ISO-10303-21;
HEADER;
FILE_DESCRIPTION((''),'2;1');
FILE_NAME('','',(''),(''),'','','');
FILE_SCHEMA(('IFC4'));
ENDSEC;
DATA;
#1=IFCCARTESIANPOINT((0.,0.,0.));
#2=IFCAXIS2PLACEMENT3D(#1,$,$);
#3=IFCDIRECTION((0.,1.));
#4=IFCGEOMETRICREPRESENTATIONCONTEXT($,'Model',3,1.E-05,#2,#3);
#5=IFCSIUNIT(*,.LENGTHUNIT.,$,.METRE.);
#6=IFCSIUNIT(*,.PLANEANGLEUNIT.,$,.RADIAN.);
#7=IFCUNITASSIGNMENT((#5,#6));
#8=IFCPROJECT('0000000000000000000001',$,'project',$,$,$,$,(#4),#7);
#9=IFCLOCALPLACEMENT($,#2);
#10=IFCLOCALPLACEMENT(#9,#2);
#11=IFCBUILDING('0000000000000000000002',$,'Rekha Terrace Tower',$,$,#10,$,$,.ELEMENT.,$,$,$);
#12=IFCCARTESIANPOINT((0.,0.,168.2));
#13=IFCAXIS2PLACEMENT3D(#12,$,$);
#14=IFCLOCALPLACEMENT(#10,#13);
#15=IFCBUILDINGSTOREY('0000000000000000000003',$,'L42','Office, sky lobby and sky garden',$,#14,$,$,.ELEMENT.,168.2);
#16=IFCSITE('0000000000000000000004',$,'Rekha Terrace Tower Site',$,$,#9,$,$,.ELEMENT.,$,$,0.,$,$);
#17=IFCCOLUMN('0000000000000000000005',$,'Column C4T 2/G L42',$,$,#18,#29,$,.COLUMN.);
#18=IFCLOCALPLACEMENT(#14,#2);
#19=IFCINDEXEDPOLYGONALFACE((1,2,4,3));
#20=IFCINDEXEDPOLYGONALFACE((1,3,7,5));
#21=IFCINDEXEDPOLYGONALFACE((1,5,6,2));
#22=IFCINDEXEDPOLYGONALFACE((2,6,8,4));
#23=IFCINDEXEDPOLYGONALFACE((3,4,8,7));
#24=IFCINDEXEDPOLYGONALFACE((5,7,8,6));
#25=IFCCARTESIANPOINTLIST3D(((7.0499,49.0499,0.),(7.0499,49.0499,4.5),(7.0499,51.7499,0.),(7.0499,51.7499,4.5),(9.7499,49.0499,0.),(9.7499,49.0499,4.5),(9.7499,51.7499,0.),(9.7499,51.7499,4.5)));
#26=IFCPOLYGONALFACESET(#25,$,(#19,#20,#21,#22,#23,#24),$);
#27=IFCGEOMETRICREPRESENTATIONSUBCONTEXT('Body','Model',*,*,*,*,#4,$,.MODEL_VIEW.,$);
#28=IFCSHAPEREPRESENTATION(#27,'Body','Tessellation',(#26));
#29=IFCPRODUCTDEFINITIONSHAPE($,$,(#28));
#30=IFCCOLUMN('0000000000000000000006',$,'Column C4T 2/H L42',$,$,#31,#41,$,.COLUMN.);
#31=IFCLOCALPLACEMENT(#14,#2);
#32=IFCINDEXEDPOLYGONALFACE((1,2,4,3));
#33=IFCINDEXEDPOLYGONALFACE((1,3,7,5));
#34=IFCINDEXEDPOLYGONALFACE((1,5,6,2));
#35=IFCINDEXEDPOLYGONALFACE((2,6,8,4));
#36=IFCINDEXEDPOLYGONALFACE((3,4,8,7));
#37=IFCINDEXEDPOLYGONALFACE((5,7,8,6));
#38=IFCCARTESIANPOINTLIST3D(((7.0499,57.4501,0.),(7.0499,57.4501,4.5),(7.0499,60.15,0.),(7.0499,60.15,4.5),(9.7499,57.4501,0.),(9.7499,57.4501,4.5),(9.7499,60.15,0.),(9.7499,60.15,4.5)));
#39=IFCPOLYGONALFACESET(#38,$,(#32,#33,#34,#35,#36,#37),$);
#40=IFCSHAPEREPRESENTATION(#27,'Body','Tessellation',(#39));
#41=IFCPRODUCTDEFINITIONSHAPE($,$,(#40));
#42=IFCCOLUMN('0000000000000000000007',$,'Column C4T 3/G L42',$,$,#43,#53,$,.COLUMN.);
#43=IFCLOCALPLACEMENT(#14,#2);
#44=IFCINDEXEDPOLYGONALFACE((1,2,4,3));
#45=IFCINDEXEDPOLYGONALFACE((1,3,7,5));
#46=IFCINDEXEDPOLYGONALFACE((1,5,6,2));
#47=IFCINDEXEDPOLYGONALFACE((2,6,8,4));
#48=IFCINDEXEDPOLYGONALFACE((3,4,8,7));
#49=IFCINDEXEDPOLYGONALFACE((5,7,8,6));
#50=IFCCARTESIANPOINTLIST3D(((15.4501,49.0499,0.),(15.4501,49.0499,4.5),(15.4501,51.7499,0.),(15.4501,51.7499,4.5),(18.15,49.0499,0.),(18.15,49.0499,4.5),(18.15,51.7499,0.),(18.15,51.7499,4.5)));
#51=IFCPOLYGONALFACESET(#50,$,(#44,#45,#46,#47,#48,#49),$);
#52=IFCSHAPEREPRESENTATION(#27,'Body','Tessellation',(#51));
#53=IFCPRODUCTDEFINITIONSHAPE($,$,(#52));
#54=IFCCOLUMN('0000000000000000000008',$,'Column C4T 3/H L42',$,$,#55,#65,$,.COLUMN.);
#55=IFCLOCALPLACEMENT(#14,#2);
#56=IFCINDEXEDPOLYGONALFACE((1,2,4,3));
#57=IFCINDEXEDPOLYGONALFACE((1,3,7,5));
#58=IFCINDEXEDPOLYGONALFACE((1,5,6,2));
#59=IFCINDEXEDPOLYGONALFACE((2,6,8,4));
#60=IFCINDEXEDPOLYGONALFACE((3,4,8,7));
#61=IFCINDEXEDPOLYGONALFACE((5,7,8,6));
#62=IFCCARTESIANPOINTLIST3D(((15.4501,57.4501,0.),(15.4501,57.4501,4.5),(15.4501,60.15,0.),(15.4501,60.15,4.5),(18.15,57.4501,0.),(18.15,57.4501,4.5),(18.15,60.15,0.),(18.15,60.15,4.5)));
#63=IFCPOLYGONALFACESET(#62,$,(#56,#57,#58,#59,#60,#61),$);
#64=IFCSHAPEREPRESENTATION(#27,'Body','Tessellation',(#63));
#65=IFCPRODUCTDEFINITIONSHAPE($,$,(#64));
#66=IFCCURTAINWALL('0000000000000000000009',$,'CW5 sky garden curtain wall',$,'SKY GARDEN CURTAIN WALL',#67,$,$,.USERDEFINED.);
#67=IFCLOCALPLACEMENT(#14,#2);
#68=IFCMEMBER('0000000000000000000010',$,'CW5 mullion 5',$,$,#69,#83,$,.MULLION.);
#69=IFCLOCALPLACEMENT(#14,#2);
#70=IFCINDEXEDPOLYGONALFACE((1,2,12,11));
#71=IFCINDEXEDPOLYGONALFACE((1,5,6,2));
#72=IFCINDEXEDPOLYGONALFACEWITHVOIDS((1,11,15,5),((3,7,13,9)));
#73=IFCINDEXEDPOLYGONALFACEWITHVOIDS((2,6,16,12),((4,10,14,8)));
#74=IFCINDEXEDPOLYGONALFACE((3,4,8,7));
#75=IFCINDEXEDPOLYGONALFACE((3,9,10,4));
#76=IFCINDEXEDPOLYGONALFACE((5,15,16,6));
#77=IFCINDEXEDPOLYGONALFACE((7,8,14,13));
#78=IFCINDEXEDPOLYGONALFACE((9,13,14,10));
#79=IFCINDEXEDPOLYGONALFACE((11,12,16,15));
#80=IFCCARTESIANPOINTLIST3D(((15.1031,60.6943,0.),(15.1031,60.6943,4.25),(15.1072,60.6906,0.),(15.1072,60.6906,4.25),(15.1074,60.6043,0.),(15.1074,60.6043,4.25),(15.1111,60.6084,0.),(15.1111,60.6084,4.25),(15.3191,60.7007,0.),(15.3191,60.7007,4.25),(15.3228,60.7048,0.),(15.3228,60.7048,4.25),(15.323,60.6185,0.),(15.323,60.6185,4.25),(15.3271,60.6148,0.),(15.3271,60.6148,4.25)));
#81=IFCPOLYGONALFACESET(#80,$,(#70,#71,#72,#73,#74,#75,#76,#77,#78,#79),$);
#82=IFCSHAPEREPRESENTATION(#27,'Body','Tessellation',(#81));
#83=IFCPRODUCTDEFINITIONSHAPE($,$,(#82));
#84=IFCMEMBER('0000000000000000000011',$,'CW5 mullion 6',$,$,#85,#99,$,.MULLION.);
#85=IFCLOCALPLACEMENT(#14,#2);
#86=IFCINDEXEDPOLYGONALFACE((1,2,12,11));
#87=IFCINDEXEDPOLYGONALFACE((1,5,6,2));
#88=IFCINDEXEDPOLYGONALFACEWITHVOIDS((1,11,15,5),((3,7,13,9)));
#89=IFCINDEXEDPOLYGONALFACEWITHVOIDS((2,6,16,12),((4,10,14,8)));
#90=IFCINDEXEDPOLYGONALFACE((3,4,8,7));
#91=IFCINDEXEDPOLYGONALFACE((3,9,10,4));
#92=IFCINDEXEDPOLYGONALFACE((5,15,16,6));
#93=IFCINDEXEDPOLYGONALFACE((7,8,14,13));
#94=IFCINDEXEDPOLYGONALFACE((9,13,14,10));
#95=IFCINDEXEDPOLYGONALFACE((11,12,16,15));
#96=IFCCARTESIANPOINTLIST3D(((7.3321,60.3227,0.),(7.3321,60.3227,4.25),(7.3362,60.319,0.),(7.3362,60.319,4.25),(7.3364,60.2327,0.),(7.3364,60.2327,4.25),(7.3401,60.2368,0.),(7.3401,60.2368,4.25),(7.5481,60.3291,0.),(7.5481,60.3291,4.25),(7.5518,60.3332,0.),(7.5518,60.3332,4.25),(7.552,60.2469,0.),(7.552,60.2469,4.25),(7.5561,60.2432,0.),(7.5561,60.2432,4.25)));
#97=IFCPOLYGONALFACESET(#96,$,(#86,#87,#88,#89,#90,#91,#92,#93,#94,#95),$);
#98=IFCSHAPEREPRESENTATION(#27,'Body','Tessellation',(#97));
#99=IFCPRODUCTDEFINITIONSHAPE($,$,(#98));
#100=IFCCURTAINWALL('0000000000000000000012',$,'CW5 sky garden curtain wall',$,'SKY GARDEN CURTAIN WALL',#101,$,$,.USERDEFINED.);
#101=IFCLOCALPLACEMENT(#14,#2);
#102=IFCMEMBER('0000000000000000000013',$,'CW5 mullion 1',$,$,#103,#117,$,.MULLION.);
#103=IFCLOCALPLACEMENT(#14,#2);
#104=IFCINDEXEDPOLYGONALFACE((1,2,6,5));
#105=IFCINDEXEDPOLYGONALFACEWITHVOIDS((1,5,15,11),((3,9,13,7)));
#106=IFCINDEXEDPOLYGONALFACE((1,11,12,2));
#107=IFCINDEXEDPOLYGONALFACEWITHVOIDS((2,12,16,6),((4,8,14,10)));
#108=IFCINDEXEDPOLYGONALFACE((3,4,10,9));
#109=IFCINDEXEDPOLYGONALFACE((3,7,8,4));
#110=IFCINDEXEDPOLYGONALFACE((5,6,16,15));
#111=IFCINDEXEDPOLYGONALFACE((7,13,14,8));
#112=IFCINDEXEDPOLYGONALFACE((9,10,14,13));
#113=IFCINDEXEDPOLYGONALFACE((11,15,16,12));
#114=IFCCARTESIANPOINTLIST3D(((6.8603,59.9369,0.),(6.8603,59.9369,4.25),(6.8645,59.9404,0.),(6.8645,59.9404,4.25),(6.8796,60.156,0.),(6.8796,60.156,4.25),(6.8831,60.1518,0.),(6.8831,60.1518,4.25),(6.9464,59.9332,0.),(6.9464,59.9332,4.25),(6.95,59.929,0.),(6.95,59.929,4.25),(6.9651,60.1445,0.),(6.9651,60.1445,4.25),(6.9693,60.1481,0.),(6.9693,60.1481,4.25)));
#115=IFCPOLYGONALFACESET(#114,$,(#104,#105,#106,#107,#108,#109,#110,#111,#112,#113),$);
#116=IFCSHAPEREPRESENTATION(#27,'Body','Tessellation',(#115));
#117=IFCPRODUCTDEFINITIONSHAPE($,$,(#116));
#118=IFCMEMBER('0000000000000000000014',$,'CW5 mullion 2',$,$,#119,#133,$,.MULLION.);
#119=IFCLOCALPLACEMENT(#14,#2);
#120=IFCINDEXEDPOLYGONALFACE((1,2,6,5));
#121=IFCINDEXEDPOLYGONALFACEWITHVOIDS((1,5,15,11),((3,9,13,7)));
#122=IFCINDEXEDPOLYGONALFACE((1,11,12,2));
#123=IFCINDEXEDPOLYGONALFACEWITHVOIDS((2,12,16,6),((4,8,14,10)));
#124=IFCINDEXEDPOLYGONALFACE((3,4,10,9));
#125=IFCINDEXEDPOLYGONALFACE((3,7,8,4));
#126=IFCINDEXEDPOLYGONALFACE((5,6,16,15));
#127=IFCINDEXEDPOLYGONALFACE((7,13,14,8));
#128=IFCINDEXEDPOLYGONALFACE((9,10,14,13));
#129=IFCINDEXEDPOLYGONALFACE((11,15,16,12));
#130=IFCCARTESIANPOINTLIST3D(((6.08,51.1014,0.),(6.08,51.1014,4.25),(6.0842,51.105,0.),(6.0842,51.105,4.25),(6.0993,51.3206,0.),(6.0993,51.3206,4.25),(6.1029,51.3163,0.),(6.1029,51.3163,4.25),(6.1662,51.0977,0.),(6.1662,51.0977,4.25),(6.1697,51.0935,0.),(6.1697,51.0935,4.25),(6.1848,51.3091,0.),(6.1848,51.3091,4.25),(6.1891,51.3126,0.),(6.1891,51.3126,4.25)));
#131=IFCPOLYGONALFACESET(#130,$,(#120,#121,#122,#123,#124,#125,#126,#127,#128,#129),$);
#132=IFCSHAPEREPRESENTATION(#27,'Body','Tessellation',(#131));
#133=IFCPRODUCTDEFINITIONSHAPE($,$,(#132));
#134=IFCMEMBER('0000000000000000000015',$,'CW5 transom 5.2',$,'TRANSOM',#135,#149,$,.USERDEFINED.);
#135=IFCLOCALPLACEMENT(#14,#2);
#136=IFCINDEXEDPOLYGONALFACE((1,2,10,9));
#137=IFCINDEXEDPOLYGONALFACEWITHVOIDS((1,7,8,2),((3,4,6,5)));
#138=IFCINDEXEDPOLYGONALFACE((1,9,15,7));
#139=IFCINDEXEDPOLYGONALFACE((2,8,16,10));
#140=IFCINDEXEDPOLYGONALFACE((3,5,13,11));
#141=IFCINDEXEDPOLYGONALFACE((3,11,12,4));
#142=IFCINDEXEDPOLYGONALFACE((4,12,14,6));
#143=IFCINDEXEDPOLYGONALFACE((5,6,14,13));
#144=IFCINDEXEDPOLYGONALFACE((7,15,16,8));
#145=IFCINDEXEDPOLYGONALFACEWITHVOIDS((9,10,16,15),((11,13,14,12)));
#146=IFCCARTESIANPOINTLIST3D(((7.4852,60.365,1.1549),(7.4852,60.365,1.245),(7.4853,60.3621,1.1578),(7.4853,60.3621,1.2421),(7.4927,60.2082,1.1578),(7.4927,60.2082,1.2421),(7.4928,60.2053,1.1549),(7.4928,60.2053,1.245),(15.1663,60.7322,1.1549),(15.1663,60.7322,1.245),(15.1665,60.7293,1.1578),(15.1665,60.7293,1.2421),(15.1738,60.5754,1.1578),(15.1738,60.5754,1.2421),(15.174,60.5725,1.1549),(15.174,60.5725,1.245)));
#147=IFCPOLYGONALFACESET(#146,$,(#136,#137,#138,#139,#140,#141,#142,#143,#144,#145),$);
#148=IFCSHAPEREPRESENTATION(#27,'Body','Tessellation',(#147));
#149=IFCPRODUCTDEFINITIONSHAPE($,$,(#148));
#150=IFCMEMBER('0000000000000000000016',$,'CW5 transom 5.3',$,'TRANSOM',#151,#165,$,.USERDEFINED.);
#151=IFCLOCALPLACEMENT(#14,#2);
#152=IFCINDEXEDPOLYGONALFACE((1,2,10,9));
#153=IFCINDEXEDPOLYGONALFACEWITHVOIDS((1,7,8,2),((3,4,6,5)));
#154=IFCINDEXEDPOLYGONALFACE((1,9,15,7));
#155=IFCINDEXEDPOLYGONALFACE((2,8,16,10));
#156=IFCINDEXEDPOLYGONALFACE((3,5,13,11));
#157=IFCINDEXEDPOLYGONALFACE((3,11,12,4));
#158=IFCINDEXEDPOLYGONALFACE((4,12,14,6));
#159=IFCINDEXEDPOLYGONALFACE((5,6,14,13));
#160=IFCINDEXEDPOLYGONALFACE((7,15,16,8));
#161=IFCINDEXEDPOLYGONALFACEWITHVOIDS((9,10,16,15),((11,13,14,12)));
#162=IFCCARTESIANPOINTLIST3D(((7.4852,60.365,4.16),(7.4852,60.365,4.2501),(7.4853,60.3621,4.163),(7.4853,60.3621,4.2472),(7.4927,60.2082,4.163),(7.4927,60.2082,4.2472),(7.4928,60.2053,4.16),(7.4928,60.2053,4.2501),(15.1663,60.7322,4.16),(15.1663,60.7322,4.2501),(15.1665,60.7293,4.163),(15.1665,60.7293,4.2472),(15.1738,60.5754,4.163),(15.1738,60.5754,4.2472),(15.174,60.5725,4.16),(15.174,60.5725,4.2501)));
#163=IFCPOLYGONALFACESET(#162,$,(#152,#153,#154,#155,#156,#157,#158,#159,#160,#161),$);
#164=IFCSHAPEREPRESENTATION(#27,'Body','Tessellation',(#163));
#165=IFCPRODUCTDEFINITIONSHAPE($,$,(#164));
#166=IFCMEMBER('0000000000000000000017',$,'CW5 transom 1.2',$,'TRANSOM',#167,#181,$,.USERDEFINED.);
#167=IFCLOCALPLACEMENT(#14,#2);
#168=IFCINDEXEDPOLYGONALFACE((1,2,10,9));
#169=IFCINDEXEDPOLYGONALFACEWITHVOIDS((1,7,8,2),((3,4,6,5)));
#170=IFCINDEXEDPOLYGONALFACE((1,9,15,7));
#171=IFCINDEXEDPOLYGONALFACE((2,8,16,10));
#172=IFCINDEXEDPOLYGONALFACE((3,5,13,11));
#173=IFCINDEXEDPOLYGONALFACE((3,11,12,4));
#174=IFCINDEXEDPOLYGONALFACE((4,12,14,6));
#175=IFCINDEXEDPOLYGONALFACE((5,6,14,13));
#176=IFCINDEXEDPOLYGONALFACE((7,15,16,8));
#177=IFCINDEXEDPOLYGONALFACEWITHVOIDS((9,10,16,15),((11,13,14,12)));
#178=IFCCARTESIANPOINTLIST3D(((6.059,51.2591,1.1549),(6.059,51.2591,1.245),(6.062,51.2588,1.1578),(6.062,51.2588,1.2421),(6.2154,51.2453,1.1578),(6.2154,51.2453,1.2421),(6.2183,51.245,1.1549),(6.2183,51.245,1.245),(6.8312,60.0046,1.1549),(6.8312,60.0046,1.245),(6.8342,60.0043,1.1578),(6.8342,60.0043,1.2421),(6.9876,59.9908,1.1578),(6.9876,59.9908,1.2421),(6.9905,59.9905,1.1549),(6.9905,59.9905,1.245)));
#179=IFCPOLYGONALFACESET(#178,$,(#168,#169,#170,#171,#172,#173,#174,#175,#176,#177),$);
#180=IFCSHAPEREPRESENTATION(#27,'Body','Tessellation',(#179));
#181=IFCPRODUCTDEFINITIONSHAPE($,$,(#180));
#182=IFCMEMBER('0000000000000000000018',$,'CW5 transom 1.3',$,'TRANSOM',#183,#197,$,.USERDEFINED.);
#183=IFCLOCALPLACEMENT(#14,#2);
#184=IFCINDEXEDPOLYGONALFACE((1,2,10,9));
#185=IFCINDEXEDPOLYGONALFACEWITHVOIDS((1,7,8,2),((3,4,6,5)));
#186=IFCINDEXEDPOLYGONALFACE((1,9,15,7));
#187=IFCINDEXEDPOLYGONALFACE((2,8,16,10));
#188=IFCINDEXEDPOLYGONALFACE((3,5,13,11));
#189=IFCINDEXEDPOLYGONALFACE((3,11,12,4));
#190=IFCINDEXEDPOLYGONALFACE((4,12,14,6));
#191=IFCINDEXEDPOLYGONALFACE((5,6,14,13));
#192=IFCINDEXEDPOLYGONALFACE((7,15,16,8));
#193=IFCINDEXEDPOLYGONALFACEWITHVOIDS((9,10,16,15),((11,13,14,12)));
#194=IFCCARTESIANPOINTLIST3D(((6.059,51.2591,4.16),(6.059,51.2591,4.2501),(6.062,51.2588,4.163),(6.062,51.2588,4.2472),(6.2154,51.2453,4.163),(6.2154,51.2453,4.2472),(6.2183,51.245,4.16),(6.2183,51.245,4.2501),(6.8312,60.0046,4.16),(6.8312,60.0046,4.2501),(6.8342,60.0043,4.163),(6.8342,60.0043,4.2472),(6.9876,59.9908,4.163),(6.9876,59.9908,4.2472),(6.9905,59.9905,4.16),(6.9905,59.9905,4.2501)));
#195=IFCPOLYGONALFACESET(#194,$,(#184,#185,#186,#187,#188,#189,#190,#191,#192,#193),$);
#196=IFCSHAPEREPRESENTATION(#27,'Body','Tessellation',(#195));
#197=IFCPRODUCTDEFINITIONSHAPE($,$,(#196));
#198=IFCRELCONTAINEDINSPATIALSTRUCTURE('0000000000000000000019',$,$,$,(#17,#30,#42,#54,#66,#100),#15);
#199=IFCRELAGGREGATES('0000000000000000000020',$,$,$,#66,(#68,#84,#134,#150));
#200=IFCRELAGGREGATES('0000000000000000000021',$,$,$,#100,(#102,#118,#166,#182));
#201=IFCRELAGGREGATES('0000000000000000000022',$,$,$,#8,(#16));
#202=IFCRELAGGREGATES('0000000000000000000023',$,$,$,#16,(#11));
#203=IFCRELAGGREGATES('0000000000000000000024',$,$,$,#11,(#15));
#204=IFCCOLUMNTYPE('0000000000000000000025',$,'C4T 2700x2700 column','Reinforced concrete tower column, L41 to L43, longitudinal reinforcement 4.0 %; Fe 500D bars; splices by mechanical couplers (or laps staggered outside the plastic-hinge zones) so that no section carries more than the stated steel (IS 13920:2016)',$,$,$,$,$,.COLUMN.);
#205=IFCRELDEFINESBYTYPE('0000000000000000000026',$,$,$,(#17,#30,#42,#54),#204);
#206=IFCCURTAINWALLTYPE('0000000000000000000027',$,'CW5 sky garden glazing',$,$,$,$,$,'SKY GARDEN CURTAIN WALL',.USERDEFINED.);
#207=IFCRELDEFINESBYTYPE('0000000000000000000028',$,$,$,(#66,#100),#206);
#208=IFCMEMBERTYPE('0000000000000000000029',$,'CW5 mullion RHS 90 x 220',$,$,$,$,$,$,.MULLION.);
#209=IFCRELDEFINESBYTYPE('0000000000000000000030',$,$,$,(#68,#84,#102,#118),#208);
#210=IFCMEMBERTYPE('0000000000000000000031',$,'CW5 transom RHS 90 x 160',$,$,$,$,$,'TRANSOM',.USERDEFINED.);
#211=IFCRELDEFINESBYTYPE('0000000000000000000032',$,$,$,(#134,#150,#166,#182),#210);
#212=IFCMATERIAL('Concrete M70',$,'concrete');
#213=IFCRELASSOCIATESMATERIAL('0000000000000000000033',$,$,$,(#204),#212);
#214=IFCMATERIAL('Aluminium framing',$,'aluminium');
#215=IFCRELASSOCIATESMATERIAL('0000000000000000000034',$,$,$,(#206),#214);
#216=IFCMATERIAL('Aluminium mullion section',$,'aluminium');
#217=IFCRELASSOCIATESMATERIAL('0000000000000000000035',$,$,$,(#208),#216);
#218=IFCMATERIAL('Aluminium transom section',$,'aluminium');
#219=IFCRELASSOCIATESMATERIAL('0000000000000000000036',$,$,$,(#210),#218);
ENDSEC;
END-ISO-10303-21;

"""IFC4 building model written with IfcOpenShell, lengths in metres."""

from ifc_helpers import new_model, si_unit, direction, frame, origin, origin_2d, place, context, subcontext, project, spatial, rectangle, hollow_rectangle, extrude, material, material_profile, profile_set, type_object, element, aggregate, save


model = new_model("IFC4")

# Units and contexts
model_context = context("Model", 3, precision=1e-05, world=origin(), true_north=direction((0.0, 1.0)))
body_context = subcontext(model_context, "Body", "Model", "MODEL_VIEW")
ifc_project = project(units=[si_unit("LENGTHUNIT", "METRE"), si_unit("PLANEANGLEUNIT", "RADIAN")], contexts=[model_context])

# Site, building, storey
site_placement = place(None, origin())
site = spatial("IfcSite", under=ifc_project, at=site_placement, Name="Rekha Terrace Tower Site", CompositionType="ELEMENT", RefElevation=0.0)
building_placement = place(site_placement, origin())
building = spatial("IfcBuilding", under=site, at=building_placement, Name="Rekha Terrace Tower", CompositionType="ELEMENT")
storey_placement = place(building_placement, frame((0.0, 0.0, 168.2)))
storey = spatial("IfcBuildingStorey", under=building, at=storey_placement, Name="L42", Description="Office, sky lobby and sky garden", CompositionType="ELEMENT", Elevation=168.2)

# Columns
ifc_material_1 = material(Name="Concrete M70", Category="concrete")
ifc_material_profile_1 = material_profile(ifc_material_1, rectangle(XDim=2.7, YDim=2.7, at=origin_2d()), Name="RC 2700x2700")
ifc_profile_set_1 = profile_set([ifc_material_profile_1], Name="Concrete M70")
column_type = type_object("IfcColumnType", Name="C4T 2700x2700 column", Description="Reinforced concrete tower column, L41 to L43, longitudinal reinforcement 4.0 %; Fe 500D bars; splices by mechanical couplers (or laps staggered outside the plastic-hinge zones) so that no section carries more than the stated steel (IS 13920:2016)", PredefinedType="COLUMN", material=ifc_profile_set_1)
for number, where, z_axis, x_axis, name in (
    (1, (8.3999, 50.3999, 0.0), (0.0, 0.0, 1.0), (1.0, 0.0, 0.0), "Column C4T 2/G L42"),
    (2, (8.3999, 58.8, 0.0), (0.0, 0.0, 1.0), (1.0, 0.0, 0.0), "Column C4T 2/H L42"),
    (3, (16.8, 50.3999, 0.0), (0.0, 0.0, 1.0), (1.0, 0.0, 0.0), "Column C4T 3/G L42"),
    (4, (16.8, 58.8, 0.0), (0.0, 0.0, 1.0), (1.0, 0.0, 0.0), "Column C4T 3/H L42"),
):
    element("IfcColumn", number, at=place(storey_placement, frame(where, z_axis=z_axis, x_axis=x_axis)), inside=storey, type_object=column_type, Name=name, PredefinedType="COLUMN", context=body_context, shape_type="SweptSolid", body=[
        extrude(rectangle(XDim=2.7, YDim=2.7, at=origin_2d()), origin(), (0.0, 0.0, 1.0), 4.5),
    ])

# Curtain walls, members
ifc_material_2 = material(Name="Aluminium framing", Category="aluminium")
curtain_wall_type = type_object("IfcCurtainWallType", Name="CW5 sky garden glazing", ElementType="SKY GARDEN CURTAIN WALL", PredefinedType="USERDEFINED", material=ifc_material_2)
curtain_wall_1_placement = place(storey_placement, origin())
curtain_wall_1 = element("IfcCurtainWall", 5, at=curtain_wall_1_placement, inside=storey, type_object=curtain_wall_type, Name="CW5 sky garden curtain wall", ObjectType="SKY GARDEN CURTAIN WALL", PredefinedType="USERDEFINED")
ifc_material_3 = material(Name="Aluminium mullion section", Category="aluminium")
ifc_material_profile_2 = material_profile(ifc_material_3, hollow_rectangle(XDim=0.0901, YDim=0.22, WallThickness=0.0039, at=origin_2d()), Name="AL RHS 90x220")
ifc_profile_set_2 = profile_set([ifc_material_profile_2], Name="Aluminium mullion section")
member_type_1 = type_object("IfcMemberType", Name="CW5 mullion RHS 90 x 220", PredefinedType="MULLION", material=ifc_profile_set_2)
member_1_placement = place(storey_placement, frame((15.2151, 60.6545, 0.0), z_axis=(0.0, 0.0, 1.0), x_axis=(0.047759, -0.998859, 0.0)))
member_1 = element("IfcMember", 6, at=member_1_placement, type_object=member_type_1, Name="CW5 mullion 5", PredefinedType="MULLION", context=body_context, shape_type="SweptSolid", body=[
    extrude(hollow_rectangle(XDim=0.0901, YDim=0.22, WallThickness=0.0039, at=origin_2d()), origin(), (0.0, 0.0, 1.0), 4.25),
])
member_2_placement = place(storey_placement, frame((7.4441, 60.283, 0.0), z_axis=(0.0, 0.0, 1.0), x_axis=(0.047759, -0.998859, 0.0)))
member_2 = element("IfcMember", 7, at=member_2_placement, type_object=member_type_1, Name="CW5 mullion 6", PredefinedType="MULLION", context=body_context, shape_type="SweptSolid", body=[
    extrude(hollow_rectangle(XDim=0.0901, YDim=0.22, WallThickness=0.0039, at=origin_2d()), origin(), (0.0, 0.0, 1.0), 4.25),
])
curtain_wall_2_placement = place(storey_placement, origin())
curtain_wall_2 = element("IfcCurtainWall", 8, at=curtain_wall_2_placement, inside=storey, type_object=curtain_wall_type, Name="CW5 sky garden curtain wall", ObjectType="SKY GARDEN CURTAIN WALL", PredefinedType="USERDEFINED")
member_3_placement = place(storey_placement, frame((6.9148, 60.0425, 0.0), z_axis=(0.0, 0.0, 1.0), x_axis=(0.996124, -0.087958, 0.0)))
member_3 = element("IfcMember", 9, at=member_3_placement, type_object=member_type_1, Name="CW5 mullion 1", PredefinedType="MULLION", context=body_context, shape_type="SweptSolid", body=[
    extrude(hollow_rectangle(XDim=0.0901, YDim=0.22, WallThickness=0.0039, at=origin_2d()), origin(), (0.0, 0.0, 1.0), 4.25),
])
member_4_placement = place(storey_placement, frame((6.1345, 51.207, 0.0), z_axis=(0.0, 0.0, 1.0), x_axis=(0.996124, -0.087958, 0.0)))
member_4 = element("IfcMember", 10, at=member_4_placement, type_object=member_type_1, Name="CW5 mullion 2", PredefinedType="MULLION", context=body_context, shape_type="SweptSolid", body=[
    extrude(hollow_rectangle(XDim=0.0901, YDim=0.22, WallThickness=0.0039, at=origin_2d()), origin(), (0.0, 0.0, 1.0), 4.25),
])

# Members
ifc_material_4 = material(Name="Aluminium transom section", Category="aluminium")
ifc_material_profile_3 = material_profile(ifc_material_4, hollow_rectangle(XDim=0.1599, YDim=0.0901, WallThickness=0.0029, at=origin_2d()), Name="AL RHS 160x90")
ifc_profile_set_3 = profile_set([ifc_material_profile_3], Name="Aluminium transom section")
member_type_2 = type_object("IfcMemberType", Name="CW5 transom RHS 90 x 160", ElementType="TRANSOM", PredefinedType="USERDEFINED", material=ifc_profile_set_3)
member_5_placement = place(storey_placement, frame((15.1702, 60.6523, 1.2), z_axis=(-0.998859, -0.047749, 0.0), x_axis=(0.047749, -0.998859, 0.0)))
member_5 = element("IfcMember", 11, at=member_5_placement, type_object=member_type_2, Name="CW5 transom 5.2", ObjectType="TRANSOM", PredefinedType="USERDEFINED", context=body_context, shape_type="SweptSolid", body=[
    extrude(hollow_rectangle(XDim=0.1599, YDim=0.0901, WallThickness=0.0029, at=origin_2d()), origin(), (0.0, 0.0, 1.0), 7.6899),
])
member_6_placement = place(storey_placement, frame((15.1702, 60.6523, 4.2051), z_axis=(-0.998859, -0.047749, 0.0), x_axis=(0.047749, -0.998859, 0.0)))
member_6 = element("IfcMember", 12, at=member_6_placement, type_object=member_type_2, Name="CW5 transom 5.3", ObjectType="TRANSOM", PredefinedType="USERDEFINED", context=body_context, shape_type="SweptSolid", body=[
    extrude(hollow_rectangle(XDim=0.1599, YDim=0.0901, WallThickness=0.0029, at=origin_2d()), origin(), (0.0, 0.0, 1.0), 7.6899),
])
member_7_placement = place(storey_placement, frame((6.9109, 59.9976, 1.2), z_axis=(-0.087955, -0.996124, 0.0), x_axis=(0.996124, -0.087955, 0.0)))
member_7 = element("IfcMember", 13, at=member_7_placement, type_object=member_type_2, Name="CW5 transom 1.2", ObjectType="TRANSOM", PredefinedType="USERDEFINED", context=body_context, shape_type="SweptSolid", body=[
    extrude(hollow_rectangle(XDim=0.1599, YDim=0.0901, WallThickness=0.0029, at=origin_2d()), origin(), (0.0, 0.0, 1.0), 8.7795),
])
member_8_placement = place(storey_placement, frame((6.9109, 59.9976, 4.2051), z_axis=(-0.087955, -0.996124, 0.0), x_axis=(0.996124, -0.087955, 0.0)))
member_8 = element("IfcMember", 14, at=member_8_placement, type_object=member_type_2, Name="CW5 transom 1.3", ObjectType="TRANSOM", PredefinedType="USERDEFINED", context=body_context, shape_type="SweptSolid", body=[
    extrude(hollow_rectangle(XDim=0.1599, YDim=0.0901, WallThickness=0.0029, at=origin_2d()), origin(), (0.0, 0.0, 1.0), 8.7795),
])

aggregate(curtain_wall_1, [member_1, member_2, member_5, member_6])
aggregate(curtain_wall_2, [member_3, member_4, member_7, member_8])

save(model, "model.ifc")
